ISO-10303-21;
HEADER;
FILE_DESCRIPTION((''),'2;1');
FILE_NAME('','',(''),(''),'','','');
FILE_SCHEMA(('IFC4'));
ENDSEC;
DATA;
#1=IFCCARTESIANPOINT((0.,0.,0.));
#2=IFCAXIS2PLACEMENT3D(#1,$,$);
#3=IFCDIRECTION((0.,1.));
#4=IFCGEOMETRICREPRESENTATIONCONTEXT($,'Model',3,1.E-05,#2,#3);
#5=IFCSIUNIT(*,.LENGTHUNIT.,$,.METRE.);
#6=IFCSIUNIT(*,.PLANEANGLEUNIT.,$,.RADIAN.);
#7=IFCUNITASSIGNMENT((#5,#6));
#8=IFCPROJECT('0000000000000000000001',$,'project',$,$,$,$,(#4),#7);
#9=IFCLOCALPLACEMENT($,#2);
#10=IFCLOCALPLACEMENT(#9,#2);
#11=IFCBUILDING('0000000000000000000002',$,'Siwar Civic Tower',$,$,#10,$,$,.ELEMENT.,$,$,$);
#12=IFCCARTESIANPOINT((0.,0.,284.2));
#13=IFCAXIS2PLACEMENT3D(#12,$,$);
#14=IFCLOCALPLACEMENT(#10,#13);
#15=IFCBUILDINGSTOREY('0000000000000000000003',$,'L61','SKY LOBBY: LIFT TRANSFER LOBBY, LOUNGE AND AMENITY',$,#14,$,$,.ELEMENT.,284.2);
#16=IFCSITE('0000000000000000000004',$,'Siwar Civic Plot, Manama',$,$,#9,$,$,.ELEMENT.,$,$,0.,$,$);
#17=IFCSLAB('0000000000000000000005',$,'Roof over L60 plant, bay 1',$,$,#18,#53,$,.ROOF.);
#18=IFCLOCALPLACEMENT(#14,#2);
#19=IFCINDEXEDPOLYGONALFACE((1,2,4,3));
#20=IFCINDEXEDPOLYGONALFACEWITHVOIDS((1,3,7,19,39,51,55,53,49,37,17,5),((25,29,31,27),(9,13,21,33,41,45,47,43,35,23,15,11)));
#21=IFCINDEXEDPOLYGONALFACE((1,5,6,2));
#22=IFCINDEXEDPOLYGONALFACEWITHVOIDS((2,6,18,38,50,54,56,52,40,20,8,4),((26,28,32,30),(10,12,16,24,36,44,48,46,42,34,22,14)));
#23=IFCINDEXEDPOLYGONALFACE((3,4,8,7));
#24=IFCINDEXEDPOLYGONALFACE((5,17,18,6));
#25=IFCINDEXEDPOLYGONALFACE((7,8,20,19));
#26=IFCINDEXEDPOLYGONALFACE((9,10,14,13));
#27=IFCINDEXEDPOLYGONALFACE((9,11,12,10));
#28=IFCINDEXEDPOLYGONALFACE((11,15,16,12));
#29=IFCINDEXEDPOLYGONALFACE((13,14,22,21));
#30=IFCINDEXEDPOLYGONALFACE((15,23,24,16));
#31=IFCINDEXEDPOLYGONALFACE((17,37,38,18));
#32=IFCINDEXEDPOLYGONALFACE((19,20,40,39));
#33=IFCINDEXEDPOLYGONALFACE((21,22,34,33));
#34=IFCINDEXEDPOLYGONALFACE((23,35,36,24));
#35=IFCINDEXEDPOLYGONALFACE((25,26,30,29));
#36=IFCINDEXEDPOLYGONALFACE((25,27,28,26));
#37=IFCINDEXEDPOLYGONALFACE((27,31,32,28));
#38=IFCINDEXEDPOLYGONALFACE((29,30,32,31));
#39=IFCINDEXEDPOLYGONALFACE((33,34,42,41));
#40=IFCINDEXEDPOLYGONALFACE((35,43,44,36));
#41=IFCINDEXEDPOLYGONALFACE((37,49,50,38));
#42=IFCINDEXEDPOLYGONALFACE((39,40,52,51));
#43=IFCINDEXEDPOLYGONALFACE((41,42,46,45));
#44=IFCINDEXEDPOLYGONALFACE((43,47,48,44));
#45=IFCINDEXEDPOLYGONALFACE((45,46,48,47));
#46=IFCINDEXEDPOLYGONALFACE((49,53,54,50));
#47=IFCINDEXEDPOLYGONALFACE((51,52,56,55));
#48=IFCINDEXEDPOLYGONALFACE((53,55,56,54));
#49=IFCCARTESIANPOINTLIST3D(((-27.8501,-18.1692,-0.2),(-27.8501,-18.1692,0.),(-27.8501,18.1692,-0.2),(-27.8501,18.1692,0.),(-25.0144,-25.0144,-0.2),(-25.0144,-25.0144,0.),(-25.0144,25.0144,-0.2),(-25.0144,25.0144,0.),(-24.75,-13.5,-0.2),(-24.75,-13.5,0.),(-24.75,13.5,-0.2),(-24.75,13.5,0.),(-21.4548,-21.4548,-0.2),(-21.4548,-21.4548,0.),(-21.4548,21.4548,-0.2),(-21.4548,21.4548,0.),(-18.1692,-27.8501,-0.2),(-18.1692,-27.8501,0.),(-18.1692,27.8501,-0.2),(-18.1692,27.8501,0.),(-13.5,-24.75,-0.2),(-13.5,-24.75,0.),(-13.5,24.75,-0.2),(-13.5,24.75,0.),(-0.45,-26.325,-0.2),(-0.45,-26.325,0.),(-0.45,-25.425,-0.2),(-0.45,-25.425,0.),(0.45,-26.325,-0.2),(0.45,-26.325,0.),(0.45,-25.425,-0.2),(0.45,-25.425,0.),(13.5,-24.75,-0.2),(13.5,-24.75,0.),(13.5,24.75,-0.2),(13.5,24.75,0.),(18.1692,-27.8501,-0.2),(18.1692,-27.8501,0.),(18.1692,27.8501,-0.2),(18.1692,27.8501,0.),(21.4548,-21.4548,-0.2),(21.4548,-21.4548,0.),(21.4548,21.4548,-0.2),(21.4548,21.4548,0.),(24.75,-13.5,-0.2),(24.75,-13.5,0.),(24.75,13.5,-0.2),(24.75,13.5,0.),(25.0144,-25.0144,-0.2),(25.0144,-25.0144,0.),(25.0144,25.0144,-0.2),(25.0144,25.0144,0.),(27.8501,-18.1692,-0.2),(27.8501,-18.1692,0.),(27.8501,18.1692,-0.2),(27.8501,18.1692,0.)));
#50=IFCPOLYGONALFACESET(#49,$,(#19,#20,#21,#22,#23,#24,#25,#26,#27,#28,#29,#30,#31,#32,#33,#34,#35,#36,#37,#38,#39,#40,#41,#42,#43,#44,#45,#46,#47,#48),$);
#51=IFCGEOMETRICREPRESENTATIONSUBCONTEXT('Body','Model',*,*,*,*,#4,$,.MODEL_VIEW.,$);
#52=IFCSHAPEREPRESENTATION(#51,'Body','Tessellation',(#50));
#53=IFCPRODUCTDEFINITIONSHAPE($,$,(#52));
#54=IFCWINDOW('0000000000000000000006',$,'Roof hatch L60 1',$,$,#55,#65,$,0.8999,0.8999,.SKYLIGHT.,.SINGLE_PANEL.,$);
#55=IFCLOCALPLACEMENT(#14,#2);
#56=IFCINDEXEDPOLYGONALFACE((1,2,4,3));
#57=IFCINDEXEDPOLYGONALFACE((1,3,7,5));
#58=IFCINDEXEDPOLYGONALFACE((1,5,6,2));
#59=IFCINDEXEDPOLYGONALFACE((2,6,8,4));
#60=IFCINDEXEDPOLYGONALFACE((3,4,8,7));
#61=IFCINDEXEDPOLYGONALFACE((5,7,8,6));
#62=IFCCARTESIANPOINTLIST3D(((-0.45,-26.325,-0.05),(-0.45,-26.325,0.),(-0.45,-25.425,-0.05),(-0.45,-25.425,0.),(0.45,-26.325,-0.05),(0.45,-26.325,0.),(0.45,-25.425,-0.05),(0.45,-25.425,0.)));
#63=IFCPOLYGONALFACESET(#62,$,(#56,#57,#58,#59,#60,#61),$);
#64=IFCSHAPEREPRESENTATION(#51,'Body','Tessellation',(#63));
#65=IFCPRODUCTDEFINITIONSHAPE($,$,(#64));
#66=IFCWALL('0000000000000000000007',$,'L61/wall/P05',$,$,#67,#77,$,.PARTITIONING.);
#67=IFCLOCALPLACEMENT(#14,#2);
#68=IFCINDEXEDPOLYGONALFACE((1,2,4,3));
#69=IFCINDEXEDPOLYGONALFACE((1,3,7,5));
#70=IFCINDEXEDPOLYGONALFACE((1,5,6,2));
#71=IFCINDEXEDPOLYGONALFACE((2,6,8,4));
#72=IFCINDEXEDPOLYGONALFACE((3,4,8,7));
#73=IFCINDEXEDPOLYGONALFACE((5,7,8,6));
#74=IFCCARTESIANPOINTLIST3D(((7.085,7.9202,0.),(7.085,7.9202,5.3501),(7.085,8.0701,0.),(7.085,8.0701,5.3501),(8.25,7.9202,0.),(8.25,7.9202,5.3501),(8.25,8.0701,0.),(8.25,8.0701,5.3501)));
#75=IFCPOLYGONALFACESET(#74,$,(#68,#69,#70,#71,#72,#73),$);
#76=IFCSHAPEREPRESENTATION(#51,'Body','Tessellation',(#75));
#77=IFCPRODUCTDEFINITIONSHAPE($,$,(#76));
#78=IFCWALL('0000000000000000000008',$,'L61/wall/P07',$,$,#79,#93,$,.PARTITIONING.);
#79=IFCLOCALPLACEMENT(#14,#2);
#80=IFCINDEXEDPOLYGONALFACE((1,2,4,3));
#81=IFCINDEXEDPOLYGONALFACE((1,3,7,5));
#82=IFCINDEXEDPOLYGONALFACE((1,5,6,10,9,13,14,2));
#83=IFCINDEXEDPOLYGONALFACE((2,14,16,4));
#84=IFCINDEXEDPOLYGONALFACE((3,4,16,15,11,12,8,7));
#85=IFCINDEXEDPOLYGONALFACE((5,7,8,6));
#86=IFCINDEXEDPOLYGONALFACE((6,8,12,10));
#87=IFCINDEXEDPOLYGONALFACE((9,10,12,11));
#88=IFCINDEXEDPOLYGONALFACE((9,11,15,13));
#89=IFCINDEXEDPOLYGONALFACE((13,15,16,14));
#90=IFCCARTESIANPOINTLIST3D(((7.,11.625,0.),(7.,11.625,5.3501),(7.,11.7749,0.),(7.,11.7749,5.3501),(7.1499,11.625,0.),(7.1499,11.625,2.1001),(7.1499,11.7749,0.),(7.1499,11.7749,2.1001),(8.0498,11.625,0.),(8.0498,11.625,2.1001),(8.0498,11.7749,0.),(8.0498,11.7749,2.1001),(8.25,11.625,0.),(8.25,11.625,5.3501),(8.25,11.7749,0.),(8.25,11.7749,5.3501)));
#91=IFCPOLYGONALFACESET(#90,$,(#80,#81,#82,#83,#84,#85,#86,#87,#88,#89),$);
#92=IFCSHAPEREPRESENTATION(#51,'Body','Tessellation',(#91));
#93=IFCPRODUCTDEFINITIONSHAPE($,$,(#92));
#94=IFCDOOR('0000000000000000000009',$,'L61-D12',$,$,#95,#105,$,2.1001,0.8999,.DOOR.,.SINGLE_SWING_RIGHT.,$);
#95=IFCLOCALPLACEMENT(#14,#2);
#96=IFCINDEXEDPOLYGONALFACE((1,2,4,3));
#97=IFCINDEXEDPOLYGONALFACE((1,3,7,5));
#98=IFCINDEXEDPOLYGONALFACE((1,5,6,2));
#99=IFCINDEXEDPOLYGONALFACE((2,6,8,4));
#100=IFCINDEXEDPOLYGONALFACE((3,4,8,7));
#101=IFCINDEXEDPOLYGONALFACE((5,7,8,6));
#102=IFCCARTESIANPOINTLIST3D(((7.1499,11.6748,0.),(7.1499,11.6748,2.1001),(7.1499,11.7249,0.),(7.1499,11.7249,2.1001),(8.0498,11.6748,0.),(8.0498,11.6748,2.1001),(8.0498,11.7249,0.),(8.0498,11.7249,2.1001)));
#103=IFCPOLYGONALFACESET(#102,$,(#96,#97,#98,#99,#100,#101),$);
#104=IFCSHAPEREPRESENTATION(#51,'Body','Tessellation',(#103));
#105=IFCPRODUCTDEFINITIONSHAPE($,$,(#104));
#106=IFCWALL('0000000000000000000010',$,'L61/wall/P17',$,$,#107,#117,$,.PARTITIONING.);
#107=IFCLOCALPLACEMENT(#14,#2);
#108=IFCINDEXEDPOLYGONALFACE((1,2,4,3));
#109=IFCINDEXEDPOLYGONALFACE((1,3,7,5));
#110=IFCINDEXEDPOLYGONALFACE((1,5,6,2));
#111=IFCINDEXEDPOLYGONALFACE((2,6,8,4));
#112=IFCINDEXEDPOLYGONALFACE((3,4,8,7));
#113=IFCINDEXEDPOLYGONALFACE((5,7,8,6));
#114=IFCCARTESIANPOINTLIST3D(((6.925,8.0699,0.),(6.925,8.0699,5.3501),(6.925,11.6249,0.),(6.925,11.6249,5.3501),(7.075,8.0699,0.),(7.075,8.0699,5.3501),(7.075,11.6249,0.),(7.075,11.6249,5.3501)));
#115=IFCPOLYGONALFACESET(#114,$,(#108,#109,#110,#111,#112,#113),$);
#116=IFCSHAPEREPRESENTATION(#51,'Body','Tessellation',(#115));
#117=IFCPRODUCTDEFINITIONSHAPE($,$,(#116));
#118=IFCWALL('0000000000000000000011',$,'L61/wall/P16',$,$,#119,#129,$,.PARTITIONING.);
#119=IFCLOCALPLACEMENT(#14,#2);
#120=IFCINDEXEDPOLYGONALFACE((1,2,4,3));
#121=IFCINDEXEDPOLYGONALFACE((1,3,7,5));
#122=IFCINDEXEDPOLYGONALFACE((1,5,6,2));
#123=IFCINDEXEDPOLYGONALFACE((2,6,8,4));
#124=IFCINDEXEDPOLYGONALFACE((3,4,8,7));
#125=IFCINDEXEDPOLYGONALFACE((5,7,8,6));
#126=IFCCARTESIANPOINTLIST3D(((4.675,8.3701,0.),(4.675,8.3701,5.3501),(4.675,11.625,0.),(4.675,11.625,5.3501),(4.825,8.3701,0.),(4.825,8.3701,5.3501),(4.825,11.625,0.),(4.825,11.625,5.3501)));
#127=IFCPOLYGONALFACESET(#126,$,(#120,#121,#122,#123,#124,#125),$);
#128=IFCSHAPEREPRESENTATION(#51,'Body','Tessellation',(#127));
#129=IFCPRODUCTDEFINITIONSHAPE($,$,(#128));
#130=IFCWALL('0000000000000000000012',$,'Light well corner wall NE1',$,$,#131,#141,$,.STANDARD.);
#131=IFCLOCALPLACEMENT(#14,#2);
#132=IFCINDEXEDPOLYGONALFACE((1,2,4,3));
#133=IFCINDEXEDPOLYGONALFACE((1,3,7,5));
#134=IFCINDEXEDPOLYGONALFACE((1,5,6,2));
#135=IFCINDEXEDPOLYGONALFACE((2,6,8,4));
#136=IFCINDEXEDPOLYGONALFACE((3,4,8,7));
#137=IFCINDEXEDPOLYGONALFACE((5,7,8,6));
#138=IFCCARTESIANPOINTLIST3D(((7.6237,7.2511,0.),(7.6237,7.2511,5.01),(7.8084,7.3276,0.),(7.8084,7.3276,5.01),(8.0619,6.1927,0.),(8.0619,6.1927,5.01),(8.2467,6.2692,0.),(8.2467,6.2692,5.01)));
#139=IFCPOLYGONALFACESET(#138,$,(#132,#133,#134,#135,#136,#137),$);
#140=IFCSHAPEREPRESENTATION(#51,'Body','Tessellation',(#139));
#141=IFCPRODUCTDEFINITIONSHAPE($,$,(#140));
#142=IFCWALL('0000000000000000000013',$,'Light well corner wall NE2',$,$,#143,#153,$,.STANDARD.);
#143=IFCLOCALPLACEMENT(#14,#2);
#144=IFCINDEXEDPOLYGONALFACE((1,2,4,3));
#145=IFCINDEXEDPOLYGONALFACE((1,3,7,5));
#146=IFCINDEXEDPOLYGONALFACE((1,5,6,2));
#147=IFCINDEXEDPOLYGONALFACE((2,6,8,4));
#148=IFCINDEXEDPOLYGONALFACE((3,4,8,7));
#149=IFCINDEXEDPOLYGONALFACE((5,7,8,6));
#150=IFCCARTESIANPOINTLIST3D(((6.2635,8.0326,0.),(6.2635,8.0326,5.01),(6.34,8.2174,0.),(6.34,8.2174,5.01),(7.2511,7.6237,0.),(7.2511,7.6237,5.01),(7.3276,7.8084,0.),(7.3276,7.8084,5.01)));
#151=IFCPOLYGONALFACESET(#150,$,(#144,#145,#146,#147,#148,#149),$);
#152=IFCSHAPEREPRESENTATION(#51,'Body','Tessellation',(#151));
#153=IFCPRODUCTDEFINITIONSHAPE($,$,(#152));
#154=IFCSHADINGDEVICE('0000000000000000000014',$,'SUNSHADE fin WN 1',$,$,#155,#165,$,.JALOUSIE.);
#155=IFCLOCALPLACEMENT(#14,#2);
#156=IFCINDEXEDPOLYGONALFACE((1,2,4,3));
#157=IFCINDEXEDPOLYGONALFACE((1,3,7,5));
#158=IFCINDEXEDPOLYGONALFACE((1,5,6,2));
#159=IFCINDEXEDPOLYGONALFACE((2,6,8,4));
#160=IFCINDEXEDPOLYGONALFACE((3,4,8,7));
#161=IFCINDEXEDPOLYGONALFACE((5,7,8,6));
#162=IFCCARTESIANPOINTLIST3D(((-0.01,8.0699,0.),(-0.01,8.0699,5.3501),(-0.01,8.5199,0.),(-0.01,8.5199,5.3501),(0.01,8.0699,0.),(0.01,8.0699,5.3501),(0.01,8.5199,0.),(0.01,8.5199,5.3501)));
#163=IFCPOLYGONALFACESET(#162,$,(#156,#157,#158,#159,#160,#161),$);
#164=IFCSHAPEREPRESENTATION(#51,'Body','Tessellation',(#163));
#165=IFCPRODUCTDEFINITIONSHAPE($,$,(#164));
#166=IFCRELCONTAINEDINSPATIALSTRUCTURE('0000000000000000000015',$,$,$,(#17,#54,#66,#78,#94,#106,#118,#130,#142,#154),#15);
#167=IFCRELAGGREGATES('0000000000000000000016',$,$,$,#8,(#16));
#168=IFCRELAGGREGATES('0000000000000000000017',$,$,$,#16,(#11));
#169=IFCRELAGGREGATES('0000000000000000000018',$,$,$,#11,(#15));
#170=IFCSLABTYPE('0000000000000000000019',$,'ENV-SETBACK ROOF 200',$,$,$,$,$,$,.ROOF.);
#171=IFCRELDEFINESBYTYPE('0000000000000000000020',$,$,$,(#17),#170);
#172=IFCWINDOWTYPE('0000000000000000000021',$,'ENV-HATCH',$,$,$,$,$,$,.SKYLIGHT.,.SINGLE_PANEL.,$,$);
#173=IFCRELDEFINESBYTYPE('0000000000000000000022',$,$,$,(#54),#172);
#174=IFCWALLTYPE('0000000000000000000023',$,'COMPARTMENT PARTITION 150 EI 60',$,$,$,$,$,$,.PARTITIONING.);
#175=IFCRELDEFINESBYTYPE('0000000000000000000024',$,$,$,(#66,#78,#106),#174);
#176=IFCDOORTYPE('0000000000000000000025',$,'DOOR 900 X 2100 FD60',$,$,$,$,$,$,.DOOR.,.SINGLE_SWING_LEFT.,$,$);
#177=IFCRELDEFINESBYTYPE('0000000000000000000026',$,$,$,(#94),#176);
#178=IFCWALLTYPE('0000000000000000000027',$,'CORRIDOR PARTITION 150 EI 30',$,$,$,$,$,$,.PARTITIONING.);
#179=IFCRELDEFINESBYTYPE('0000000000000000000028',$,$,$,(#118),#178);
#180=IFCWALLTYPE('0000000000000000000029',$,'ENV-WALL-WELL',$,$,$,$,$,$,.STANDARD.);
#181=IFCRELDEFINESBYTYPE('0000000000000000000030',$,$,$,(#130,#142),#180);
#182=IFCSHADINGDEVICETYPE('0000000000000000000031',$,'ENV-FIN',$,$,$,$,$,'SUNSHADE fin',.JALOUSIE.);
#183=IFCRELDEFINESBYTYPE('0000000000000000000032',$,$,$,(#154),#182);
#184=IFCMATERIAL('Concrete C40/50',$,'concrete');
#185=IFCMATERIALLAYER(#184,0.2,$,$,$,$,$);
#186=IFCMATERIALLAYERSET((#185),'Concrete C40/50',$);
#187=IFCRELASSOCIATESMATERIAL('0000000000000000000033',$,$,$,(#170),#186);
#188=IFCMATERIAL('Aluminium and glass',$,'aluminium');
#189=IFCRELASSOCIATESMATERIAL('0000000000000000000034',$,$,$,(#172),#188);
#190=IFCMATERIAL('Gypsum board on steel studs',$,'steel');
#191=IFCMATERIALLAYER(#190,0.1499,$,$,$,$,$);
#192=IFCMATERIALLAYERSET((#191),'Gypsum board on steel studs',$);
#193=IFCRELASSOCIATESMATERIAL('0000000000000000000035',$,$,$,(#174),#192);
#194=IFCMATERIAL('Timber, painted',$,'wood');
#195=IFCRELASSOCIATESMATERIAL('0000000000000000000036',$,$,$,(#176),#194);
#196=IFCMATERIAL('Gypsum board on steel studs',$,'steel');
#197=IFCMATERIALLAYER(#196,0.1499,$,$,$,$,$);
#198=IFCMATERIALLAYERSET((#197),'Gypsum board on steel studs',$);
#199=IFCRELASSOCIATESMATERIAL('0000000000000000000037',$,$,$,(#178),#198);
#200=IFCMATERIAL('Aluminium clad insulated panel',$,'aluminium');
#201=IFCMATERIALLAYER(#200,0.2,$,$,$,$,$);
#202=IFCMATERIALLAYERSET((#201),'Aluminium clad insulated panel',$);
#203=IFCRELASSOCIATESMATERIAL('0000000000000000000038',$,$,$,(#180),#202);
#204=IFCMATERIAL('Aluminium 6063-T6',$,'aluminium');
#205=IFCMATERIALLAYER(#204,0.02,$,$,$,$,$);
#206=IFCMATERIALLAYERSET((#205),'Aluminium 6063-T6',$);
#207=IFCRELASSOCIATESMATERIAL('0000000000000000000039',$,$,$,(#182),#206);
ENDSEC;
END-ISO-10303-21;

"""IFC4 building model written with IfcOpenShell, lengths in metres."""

from ifc_helpers import new_model, si_unit, direction, frame, frame_2d, origin, origin_2d, place, context, subcontext, project, spatial, polyline, rectangle, outline, extrude, material, layer, layer_set, type_object, element, fill, save


model = new_model("IFC4")

# Units and contexts
model_context = context("Model", 3, precision=1e-05, world=origin(), true_north=direction((0.0, 1.0)))
body_context = subcontext(model_context, "Body", "Model", "MODEL_VIEW")
ifc_project = project(units=[si_unit("LENGTHUNIT", "METRE"), si_unit("PLANEANGLEUNIT", "RADIAN")], contexts=[model_context])

# Site, building, storey
site_placement = place(None, origin())
site = spatial("IfcSite", under=ifc_project, at=site_placement, Name="Siwar Civic Plot, Manama", CompositionType="ELEMENT", RefElevation=0.0)
building_placement = place(site_placement, origin())
building = spatial("IfcBuilding", under=site, at=building_placement, Name="Siwar Civic Tower", CompositionType="ELEMENT")
storey_placement = place(building_placement, frame((0.0, 0.0, 284.2)))
storey = spatial("IfcBuildingStorey", under=building, at=storey_placement, Name="L61", Description="SKY LOBBY: LIFT TRANSFER LOBBY, LOUNGE AND AMENITY", CompositionType="ELEMENT", Elevation=284.2)

# Slab, opening, window
ifc_material_1 = material(Name="Concrete C40/50", Category="concrete")
ifc_layer_1 = layer(ifc_material_1, 0.2)
ifc_layer_set_1 = layer_set([ifc_layer_1], Name="Concrete C40/50")
slab_type_1 = type_object("IfcSlabType", Name="ENV-SETBACK ROOF 200", PredefinedType="ROOF", material=ifc_layer_set_1)
slab_1_placement = place(storey_placement, frame((0.0, 0.0, -0.2)))
slab_1 = element("IfcSlab", 1, at=slab_1_placement, inside=storey, type_object=slab_type_1, Name="Roof over L60 plant, bay 1", PredefinedType="ROOF", context=body_context, shape_type="SweptSolid", body=[
    extrude(outline(polyline([(-25.0144, -25.0144), (-18.1692, -27.8501), (18.1692, -27.8501), (25.0144, -25.0144), (27.8501, -18.1692), (27.8501, 18.1692), (25.0144, 25.0144), (18.1692, 27.8501), (-18.1692, 27.8501), (-25.0144, 25.0144), (-27.8501, 18.1692), (-27.8501, -18.1692), (-25.0144, -25.0144)]), holes=[polyline([(13.5, -24.75), (-13.5, -24.75), (-21.4548, -21.4548), (-24.75, -13.5), (-24.75, 13.5), (-21.4548, 21.4548), (-13.5, 24.75), (13.5, 24.75), (21.4548, 21.4548), (24.75, 13.5), (24.75, -13.5), (21.4548, -21.4548), (13.5, -24.75)])]), origin(), (0.0, 0.0, 1.0), 0.2),
])
opening_1_placement = place(slab_1_placement, frame((0.0, -25.875, 0.0)))
opening_1 = element("IfcOpeningElement", 2, at=opening_1_placement, cuts=slab_1, PredefinedType="OPENING", context=body_context, shape_type="SweptSolid", body=[
    extrude(rectangle(XDim=0.8999, YDim=0.8999, at=origin_2d()), origin(), (0.0, 0.0, 1.0), 0.2),
])
ifc_material_2 = material(Name="Aluminium and glass", Category="aluminium")
window_type = type_object("IfcWindowType", Name="ENV-HATCH", PartitioningType="SINGLE_PANEL", PredefinedType="SKYLIGHT", material=ifc_material_2)
window_placement = place(opening_1_placement, frame((0.0, 0.0, 0.1499)))
window = element("IfcWindow", 3, at=window_placement, inside=storey, type_object=window_type, Name="Roof hatch L60 1", OverallHeight=0.8999, OverallWidth=0.8999, PartitioningType="SINGLE_PANEL", PredefinedType="SKYLIGHT", context=body_context, shape_type="SweptSolid", body=[
    extrude(rectangle(XDim=0.8999, YDim=0.8999, at=origin_2d()), origin(), (0.0, 0.0, 1.0), 0.05),
])
fill(opening_1, window)

# Wall
ifc_material_3 = material(Name="Gypsum board on steel studs", Category="steel")
ifc_layer_2 = layer(ifc_material_3, 0.1499)
ifc_layer_set_2 = layer_set([ifc_layer_2], Name="Gypsum board on steel studs")
wall_type_1 = type_object("IfcWallType", Name="COMPARTMENT PARTITION 150 EI 60", PredefinedType="PARTITIONING", material=ifc_layer_set_2)
wall_1_placement = place(storey_placement, frame((7.085, 7.9951, 0.0), z_axis=(0.0, 0.0, 1.0), x_axis=(1.0, 0.0, 0.0)))
element("IfcWall", 4, at=wall_1_placement, inside=storey, type_object=wall_type_1, Name="L61/wall/P05", PredefinedType="PARTITIONING", context=body_context, shape_type="SweptSolid", body=[
    extrude(rectangle(XDim=1.165, YDim=0.1499, at=frame_2d((0.5825, 0.0))), origin(), (0.0, 0.0, 1.0), 5.3501),
])

# Wall, opening, door
wall_2_placement = place(storey_placement, frame((7.0, 11.7, 0.0), z_axis=(0.0, 0.0, 1.0), x_axis=(1.0, 0.0, 0.0)))
wall_2 = element("IfcWall", 5, at=wall_2_placement, inside=storey, type_object=wall_type_1, Name="L61/wall/P07", PredefinedType="PARTITIONING", context=body_context, shape_type="SweptSolid", body=[
    extrude(rectangle(XDim=1.25, YDim=0.1499, at=frame_2d((0.625, 0.0))), origin(), (0.0, 0.0, 1.0), 5.3501),
])
opening_2_placement = place(wall_2_placement, frame((0.1499, 0.0, 0.0)))
opening_2 = element("IfcOpeningElement", 6, at=opening_2_placement, cuts=wall_2, PredefinedType="OPENING", context=body_context, shape_type="SweptSolid", body=[
    extrude(rectangle(XDim=0.8999, YDim=2.1001, at=frame_2d((0.45, 1.05))), frame((0.0, 0.085, 0.0), z_axis=(0.0, -1.0, 0.0), x_axis=(1.0, 0.0, 0.0)), (0.0, 0.0, 1.0), 0.1699),
])
ifc_material_4 = material(Name="Timber, painted", Category="wood")
door_type = type_object("IfcDoorType", Name="DOOR 900 X 2100 FD60", OperationType="SINGLE_SWING_LEFT", PredefinedType="DOOR", material=ifc_material_4)
door_placement = place(opening_2_placement, origin())
door = element("IfcDoor", 7, at=door_placement, inside=storey, type_object=door_type, Name="L61-D12", OperationType="SINGLE_SWING_RIGHT", OverallHeight=2.1001, OverallWidth=0.8999, PredefinedType="DOOR", context=body_context, shape_type="SweptSolid", body=[
    extrude(rectangle(XDim=0.8999, YDim=2.1001, at=frame_2d((0.45, 1.05))), frame((0.0, 0.0249, 0.0), z_axis=(0.0, -1.0, 0.0), x_axis=(1.0, 0.0, 0.0)), (0.0, 0.0, 1.0), 0.05),
])
fill(opening_2, door)

# Walls
wall_3_placement = place(storey_placement, frame((7.0, 8.0701, 0.0), z_axis=(0.0, 0.0, 1.0), x_axis=(0.0, 1.0, 0.0)))
element("IfcWall", 8, at=wall_3_placement, inside=storey, type_object=wall_type_1, Name="L61/wall/P17", PredefinedType="PARTITIONING", context=body_context, shape_type="SweptSolid", body=[
    extrude(rectangle(XDim=3.5549, YDim=0.1499, at=frame_2d((1.7773, 0.0))), origin(), (0.0, 0.0, 1.0), 5.3501),
])
ifc_material_5 = material(Name="Gypsum board on steel studs", Category="steel")
ifc_layer_3 = layer(ifc_material_5, 0.1499)
ifc_layer_set_3 = layer_set([ifc_layer_3], Name="Gypsum board on steel studs")
wall_type_2 = type_object("IfcWallType", Name="CORRIDOR PARTITION 150 EI 30", PredefinedType="PARTITIONING", material=ifc_layer_set_3)
wall_4_placement = place(storey_placement, frame((4.75, 8.3701, 0.0), z_axis=(0.0, 0.0, 1.0), x_axis=(0.0, 1.0, 0.0)))
element("IfcWall", 9, at=wall_4_placement, inside=storey, type_object=wall_type_2, Name="L61/wall/P16", PredefinedType="PARTITIONING", context=body_context, shape_type="SweptSolid", body=[
    extrude(rectangle(XDim=3.2549, YDim=0.1499, at=frame_2d((1.6274, 0.0))), origin(), (0.0, 0.0, 1.0), 5.3501),
])
ifc_material_6 = material(Name="Aluminium clad insulated panel", Category="aluminium")
ifc_layer_4 = layer(ifc_material_6, 0.2)
ifc_layer_set_4 = layer_set([ifc_layer_4], Name="Aluminium clad insulated panel")
wall_type_3 = type_object("IfcWallType", Name="ENV-WALL-WELL", PredefinedType="STANDARD", material=ifc_layer_set_4)
wall_5_placement = place(storey_placement, frame((8.1543, 6.231, 0.0), z_axis=(0.0, 0.0, 1.0), x_axis=(-0.382571, 0.923926, 0.0)))
element("IfcWall", 10, at=wall_5_placement, inside=storey, type_object=wall_type_3, Name="Light well corner wall NE1", PredefinedType="STANDARD", context=body_context, shape_type="SweptSolid", body=[
    extrude(rectangle(XDim=1.1455, YDim=0.2, at=frame_2d((0.5728, 0.0))), origin(), (0.0, 0.0, 1.0), 5.01),
])
wall_6_placement = place(storey_placement, frame((7.2893, 7.7161, 0.0), z_axis=(0.0, 0.0, 1.0), x_axis=(-0.923919, 0.382587, 0.0)))
element("IfcWall", 11, at=wall_6_placement, inside=storey, type_object=wall_type_3, Name="Light well corner wall NE2", PredefinedType="STANDARD", context=body_context, shape_type="SweptSolid", body=[
    extrude(rectangle(XDim=1.0688, YDim=0.2, at=frame_2d((0.5344, 0.0))), origin(), (0.0, 0.0, 1.0), 5.01),
])

# Shading device
ifc_material_7 = material(Name="Aluminium 6063-T6", Category="aluminium")
ifc_layer_5 = layer(ifc_material_7, 0.02)
ifc_layer_set_5 = layer_set([ifc_layer_5], Name="Aluminium 6063-T6")
shading_device_type = type_object("IfcShadingDeviceType", Name="ENV-FIN", ElementType="SUNSHADE fin", PredefinedType="JALOUSIE", material=ifc_layer_set_5)
shading_device_placement = place(storey_placement, frame((0.0, 8.2949, 0.0), z_axis=(0.0, 0.0, 1.0), x_axis=(-1.0, 0.0, 0.0)))
element("IfcShadingDevice", 12, at=shading_device_placement, inside=storey, type_object=shading_device_type, Name="SUNSHADE fin WN 1", PredefinedType="JALOUSIE", context=body_context, shape_type="SweptSolid", body=[
    extrude(rectangle(XDim=0.02, YDim=0.45, at=origin_2d()), origin(), (0.0, 0.0, 1.0), 5.3501),
])

save(model, "model.ifc")
